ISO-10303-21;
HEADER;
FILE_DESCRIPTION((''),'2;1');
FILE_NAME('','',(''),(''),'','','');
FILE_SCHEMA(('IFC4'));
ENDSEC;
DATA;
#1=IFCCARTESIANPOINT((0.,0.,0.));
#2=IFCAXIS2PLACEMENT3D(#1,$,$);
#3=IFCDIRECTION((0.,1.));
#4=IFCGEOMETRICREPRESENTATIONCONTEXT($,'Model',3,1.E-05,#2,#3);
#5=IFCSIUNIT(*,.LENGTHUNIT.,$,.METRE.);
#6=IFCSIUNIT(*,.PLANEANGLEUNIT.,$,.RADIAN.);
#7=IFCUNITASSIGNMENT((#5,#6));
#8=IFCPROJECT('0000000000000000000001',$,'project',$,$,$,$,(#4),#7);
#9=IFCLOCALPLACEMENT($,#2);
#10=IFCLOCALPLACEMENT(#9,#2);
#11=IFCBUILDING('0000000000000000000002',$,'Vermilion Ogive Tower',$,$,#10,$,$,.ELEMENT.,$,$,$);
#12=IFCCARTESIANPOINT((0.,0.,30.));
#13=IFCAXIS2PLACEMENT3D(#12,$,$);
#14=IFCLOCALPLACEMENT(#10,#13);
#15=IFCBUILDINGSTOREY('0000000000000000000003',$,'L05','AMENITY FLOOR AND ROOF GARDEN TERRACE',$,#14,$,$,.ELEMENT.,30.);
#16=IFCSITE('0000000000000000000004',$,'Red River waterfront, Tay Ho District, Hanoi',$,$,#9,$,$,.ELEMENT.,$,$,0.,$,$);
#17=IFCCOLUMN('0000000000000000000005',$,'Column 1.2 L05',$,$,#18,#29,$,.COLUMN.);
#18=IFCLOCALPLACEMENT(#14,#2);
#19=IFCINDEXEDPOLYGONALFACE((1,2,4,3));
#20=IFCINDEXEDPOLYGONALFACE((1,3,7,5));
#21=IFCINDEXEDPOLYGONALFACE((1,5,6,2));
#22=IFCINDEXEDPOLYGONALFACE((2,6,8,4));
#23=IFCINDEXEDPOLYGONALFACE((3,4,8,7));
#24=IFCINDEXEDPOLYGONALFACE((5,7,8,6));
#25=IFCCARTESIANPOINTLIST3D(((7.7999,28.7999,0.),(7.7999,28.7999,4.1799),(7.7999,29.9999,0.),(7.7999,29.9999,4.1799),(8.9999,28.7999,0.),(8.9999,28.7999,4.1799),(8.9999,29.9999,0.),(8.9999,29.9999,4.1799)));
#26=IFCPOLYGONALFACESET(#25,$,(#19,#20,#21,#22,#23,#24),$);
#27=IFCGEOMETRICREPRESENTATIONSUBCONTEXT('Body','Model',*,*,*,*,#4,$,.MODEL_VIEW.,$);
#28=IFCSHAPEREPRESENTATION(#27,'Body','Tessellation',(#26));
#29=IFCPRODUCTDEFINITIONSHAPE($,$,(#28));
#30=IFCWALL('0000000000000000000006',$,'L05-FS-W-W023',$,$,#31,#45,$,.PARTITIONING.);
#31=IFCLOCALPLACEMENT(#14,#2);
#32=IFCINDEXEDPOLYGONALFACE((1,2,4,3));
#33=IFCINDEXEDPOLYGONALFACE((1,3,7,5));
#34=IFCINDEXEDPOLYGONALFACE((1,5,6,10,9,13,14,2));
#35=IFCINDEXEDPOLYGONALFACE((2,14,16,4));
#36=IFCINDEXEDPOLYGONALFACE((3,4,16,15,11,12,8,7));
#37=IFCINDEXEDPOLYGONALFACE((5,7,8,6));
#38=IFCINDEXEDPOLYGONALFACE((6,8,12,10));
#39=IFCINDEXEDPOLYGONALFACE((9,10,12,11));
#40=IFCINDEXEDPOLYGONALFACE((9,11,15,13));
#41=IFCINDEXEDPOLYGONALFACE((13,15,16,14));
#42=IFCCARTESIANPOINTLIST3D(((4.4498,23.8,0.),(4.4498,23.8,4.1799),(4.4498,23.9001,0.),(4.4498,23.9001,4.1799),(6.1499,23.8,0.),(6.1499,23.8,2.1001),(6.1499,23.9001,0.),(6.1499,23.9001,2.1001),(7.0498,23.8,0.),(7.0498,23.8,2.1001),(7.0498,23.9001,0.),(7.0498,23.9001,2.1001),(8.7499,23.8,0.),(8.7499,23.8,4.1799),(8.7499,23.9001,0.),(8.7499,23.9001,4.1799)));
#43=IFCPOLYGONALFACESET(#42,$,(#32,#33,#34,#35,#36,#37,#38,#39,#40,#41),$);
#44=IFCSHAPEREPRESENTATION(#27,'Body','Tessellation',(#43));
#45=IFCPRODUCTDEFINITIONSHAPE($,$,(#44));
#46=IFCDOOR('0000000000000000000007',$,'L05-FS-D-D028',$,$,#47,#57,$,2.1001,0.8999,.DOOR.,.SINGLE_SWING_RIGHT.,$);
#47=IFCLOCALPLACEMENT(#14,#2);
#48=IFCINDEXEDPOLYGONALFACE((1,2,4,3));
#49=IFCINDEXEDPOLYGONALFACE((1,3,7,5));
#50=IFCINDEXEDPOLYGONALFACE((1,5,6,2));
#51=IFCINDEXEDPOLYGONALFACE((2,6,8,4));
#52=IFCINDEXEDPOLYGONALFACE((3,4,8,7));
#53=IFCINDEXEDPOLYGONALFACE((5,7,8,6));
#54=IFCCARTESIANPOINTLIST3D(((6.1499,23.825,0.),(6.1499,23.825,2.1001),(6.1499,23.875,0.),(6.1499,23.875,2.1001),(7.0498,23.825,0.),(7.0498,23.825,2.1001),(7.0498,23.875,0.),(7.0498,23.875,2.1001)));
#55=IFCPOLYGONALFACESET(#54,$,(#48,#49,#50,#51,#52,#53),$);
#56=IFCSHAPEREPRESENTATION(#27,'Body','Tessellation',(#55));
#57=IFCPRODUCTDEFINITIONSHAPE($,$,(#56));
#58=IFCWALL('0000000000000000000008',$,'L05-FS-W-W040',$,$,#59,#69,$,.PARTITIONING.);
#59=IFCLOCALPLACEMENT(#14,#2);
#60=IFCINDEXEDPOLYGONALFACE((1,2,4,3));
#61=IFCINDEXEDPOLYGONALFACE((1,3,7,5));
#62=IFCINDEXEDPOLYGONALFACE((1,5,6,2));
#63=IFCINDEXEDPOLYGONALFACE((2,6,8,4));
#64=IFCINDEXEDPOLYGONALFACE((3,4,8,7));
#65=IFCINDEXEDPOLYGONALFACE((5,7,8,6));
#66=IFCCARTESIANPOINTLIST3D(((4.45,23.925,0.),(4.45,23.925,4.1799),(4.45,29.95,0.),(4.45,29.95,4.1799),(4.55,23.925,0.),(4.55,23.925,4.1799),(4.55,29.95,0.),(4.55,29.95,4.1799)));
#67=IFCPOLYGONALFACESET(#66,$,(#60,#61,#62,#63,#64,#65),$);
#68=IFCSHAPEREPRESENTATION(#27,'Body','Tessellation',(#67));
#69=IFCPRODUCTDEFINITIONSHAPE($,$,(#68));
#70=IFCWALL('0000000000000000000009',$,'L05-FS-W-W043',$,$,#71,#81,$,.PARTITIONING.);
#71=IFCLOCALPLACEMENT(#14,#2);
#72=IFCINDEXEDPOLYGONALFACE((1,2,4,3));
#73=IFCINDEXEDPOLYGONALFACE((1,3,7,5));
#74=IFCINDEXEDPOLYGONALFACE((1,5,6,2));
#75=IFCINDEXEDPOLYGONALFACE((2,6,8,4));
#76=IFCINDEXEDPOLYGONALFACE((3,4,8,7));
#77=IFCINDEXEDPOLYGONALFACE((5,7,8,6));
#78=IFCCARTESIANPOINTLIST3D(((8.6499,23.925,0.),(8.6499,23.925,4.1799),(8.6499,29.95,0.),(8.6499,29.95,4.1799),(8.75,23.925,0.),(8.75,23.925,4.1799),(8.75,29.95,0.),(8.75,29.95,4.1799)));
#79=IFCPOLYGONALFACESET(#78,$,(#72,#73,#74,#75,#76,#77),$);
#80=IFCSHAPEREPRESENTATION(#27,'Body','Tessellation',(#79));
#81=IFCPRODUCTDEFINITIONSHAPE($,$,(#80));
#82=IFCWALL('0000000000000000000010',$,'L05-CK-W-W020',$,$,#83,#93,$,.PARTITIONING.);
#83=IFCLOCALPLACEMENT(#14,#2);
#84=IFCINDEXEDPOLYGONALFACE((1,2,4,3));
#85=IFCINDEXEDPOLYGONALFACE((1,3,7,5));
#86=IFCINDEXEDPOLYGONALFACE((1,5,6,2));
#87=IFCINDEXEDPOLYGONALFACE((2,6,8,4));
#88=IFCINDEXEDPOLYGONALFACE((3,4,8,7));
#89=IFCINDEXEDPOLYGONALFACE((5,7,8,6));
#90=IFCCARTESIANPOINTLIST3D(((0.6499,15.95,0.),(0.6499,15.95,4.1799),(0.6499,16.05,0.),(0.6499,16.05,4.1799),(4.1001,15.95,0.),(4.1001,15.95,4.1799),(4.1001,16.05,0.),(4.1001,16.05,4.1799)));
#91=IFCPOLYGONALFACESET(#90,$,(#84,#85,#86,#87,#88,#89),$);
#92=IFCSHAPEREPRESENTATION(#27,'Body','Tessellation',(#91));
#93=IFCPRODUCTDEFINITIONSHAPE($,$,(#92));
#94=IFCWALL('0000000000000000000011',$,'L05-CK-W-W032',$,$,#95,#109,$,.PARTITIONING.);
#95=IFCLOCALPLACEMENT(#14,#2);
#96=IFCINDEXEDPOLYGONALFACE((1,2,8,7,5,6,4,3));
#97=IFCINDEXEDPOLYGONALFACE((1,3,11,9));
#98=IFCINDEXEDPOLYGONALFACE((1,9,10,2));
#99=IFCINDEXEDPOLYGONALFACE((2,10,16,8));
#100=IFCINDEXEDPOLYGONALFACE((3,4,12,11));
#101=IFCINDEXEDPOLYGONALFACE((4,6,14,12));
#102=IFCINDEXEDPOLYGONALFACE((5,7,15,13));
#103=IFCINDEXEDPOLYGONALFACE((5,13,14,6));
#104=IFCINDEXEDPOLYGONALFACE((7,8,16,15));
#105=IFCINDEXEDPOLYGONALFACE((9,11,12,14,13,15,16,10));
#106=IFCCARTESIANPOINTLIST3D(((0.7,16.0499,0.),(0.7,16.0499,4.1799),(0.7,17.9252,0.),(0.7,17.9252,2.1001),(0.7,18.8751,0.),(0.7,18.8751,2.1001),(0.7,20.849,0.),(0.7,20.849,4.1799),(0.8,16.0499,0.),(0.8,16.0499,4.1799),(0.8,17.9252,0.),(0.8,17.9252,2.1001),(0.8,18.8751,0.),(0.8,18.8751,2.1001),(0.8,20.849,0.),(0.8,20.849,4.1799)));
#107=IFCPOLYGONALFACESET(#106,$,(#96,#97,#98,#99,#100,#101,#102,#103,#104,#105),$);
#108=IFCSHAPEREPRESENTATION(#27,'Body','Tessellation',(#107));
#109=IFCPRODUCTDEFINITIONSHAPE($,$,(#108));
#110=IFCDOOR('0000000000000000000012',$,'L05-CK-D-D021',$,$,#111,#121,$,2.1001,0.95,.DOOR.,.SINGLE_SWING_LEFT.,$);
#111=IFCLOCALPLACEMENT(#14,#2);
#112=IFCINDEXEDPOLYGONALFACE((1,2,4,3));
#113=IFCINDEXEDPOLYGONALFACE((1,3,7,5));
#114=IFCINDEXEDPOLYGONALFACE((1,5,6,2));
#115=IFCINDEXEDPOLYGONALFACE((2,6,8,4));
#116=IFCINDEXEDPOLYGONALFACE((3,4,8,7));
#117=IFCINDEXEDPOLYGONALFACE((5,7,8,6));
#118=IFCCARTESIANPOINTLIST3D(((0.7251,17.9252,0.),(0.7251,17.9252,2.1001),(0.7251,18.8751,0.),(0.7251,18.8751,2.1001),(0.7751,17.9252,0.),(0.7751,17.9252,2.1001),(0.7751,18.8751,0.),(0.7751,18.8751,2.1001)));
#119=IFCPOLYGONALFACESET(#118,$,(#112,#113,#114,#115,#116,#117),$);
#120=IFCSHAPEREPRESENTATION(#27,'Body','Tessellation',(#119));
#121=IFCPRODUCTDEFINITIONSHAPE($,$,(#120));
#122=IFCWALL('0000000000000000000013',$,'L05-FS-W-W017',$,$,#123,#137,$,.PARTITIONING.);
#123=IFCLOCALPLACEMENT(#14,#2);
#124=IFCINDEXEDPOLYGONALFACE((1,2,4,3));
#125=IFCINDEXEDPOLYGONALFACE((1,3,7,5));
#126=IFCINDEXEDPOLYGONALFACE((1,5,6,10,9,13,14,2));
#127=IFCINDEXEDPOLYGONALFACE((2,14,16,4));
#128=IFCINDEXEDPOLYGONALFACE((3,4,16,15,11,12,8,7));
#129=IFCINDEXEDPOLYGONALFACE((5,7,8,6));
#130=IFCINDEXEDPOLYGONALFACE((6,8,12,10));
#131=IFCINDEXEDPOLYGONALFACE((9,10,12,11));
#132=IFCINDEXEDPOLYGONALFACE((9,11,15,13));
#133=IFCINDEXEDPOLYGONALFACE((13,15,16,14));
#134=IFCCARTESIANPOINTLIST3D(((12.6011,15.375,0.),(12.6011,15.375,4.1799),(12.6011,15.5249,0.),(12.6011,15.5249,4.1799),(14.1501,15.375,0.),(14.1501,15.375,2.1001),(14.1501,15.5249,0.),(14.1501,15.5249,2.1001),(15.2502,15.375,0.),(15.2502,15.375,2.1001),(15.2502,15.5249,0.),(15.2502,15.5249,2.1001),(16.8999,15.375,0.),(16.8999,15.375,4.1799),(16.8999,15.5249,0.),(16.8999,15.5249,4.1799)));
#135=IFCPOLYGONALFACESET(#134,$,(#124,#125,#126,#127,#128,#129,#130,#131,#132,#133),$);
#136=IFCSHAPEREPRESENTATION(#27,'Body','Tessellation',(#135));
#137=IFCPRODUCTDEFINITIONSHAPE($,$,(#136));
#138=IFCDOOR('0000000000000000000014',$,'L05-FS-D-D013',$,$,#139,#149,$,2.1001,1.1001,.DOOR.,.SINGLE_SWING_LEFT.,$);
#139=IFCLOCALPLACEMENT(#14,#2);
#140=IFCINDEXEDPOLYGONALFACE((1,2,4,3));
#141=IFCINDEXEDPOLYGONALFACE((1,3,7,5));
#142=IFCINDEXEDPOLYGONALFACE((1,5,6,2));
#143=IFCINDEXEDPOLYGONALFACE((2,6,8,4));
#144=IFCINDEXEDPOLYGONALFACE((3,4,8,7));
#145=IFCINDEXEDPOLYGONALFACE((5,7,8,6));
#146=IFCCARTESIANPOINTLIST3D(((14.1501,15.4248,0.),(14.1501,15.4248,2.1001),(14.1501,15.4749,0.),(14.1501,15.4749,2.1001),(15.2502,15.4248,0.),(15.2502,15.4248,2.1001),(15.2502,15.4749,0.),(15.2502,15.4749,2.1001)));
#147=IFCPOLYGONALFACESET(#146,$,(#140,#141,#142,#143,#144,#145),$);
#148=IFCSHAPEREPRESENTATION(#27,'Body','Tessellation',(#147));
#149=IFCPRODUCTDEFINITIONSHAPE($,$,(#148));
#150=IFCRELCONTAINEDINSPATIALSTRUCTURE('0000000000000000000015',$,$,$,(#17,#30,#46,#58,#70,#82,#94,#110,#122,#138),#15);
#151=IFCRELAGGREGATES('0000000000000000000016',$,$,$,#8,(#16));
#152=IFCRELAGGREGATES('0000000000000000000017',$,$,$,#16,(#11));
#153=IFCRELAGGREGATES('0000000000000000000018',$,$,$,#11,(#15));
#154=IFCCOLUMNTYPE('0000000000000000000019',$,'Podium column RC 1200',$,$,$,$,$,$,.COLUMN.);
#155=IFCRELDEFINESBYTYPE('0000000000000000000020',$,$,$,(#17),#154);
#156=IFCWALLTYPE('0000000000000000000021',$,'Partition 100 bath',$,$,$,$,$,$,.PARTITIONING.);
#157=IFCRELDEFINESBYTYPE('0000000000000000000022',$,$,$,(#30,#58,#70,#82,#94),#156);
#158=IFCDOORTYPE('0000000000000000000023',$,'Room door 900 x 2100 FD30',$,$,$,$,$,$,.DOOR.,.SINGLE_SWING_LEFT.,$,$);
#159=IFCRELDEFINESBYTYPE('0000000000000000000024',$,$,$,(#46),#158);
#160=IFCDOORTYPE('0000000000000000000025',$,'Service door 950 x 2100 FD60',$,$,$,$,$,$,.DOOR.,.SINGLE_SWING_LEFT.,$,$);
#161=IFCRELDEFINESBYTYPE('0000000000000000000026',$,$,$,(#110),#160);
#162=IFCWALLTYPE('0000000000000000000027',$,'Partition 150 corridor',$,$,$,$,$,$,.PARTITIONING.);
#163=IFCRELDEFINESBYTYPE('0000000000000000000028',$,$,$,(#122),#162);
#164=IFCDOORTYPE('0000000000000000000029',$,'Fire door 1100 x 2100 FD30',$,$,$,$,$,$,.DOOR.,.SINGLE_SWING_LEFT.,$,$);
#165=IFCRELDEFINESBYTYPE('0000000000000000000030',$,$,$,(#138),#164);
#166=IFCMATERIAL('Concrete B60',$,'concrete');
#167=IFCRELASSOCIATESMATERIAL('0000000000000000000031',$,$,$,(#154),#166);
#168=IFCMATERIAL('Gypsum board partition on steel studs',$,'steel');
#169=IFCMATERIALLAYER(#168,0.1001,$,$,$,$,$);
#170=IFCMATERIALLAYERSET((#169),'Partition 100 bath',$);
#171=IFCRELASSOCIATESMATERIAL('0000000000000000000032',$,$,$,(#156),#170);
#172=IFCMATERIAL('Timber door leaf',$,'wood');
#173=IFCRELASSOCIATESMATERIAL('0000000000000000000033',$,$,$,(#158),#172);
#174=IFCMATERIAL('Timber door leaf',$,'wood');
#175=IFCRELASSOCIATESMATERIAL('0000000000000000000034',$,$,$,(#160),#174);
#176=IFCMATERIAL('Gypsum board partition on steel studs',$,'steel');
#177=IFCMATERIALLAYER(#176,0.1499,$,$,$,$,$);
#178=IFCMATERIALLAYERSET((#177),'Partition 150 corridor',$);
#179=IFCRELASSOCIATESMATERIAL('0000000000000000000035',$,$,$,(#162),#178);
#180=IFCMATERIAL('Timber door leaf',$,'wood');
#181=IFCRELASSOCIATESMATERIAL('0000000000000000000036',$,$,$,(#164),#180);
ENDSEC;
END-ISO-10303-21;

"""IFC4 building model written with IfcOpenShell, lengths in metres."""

from ifc_helpers import new_model, si_unit, direction, frame, frame_2d, origin, origin_2d, place, context, subcontext, project, spatial, rectangle, extrude, material, layer, layer_set, material_profile, profile_set, type_object, element, fill, save


model = new_model("IFC4")

# Units and contexts
model_context = context("Model", 3, precision=1e-05, world=origin(), true_north=direction((0.0, 1.0)))
body_context = subcontext(model_context, "Body", "Model", "MODEL_VIEW")
ifc_project = project(units=[si_unit("LENGTHUNIT", "METRE"), si_unit("PLANEANGLEUNIT", "RADIAN")], contexts=[model_context])

# Site, building, storey
site_placement = place(None, origin())
site = spatial("IfcSite", under=ifc_project, at=site_placement, Name="Red River waterfront, Tay Ho District, Hanoi", CompositionType="ELEMENT", RefElevation=0.0)
building_placement = place(site_placement, origin())
building = spatial("IfcBuilding", under=site, at=building_placement, Name="Vermilion Ogive Tower", CompositionType="ELEMENT")
storey_placement = place(building_placement, frame((0.0, 0.0, 30.0)))
storey = spatial("IfcBuildingStorey", under=building, at=storey_placement, Name="L05", Description="AMENITY FLOOR AND ROOF GARDEN TERRACE", CompositionType="ELEMENT", Elevation=30.0)

# Column
ifc_material_1 = material(Name="Concrete B60", Category="concrete")
ifc_material_profile = material_profile(ifc_material_1, rectangle(XDim=1.2, YDim=1.2, at=origin_2d()), Name="RC 1200x1200")
ifc_profile_set = profile_set([ifc_material_profile], Name="Concrete B60")
column_type = type_object("IfcColumnType", Name="Podium column RC 1200", PredefinedType="COLUMN", material=ifc_profile_set)
column_placement = place(storey_placement, frame((8.3999, 29.3999, 0.0), z_axis=(0.0, 0.0, 1.0), x_axis=(1.0, 0.0, 0.0)))
element("IfcColumn", 1, at=column_placement, inside=storey, type_object=column_type, Name="Column 1.2 L05", PredefinedType="COLUMN", context=body_context, shape_type="SweptSolid", body=[
    extrude(rectangle(XDim=1.2, YDim=1.2, at=origin_2d()), origin(), (0.0, 0.0, 1.0), 4.1799),
])

# Wall, opening, door
ifc_material_2 = material(Name="Gypsum board partition on steel studs", Category="steel")
ifc_layer_1 = layer(ifc_material_2, 0.1001)
ifc_layer_set_1 = layer_set([ifc_layer_1], Name="Partition 100 bath")
wall_type_1 = type_object("IfcWallType", Name="Partition 100 bath", PredefinedType="PARTITIONING", material=ifc_layer_set_1)
wall_1_placement = place(storey_placement, frame((4.45, 23.8501, 0.0), z_axis=(0.0, 0.0, 1.0), x_axis=(1.0, 0.0, 0.0)))
wall_1 = element("IfcWall", 2, at=wall_1_placement, inside=storey, type_object=wall_type_1, Name="L05-FS-W-W023", PredefinedType="PARTITIONING", context=body_context, shape_type="SweptSolid", body=[
    extrude(rectangle(XDim=4.3, YDim=0.1001, at=frame_2d((2.1499, 0.0))), origin(), (0.0, 0.0, 1.0), 4.1799),
])
opening_1_placement = place(wall_1_placement, frame((1.7, 0.0, 0.0)))
opening_1 = element("IfcOpeningElement", 3, at=opening_1_placement, cuts=wall_1, PredefinedType="OPENING", context=body_context, shape_type="SweptSolid", body=[
    extrude(rectangle(XDim=0.8999, YDim=2.1001, at=frame_2d((0.45, 1.05))), frame((0.0, 0.0601, 0.0), z_axis=(0.0, -1.0, 0.0), x_axis=(1.0, 0.0, 0.0)), (0.0, 0.0, 1.0), 0.1201),
])
ifc_material_3 = material(Name="Timber door leaf", Category="wood")
door_type_1 = type_object("IfcDoorType", Name="Room door 900 x 2100 FD30", OperationType="SINGLE_SWING_LEFT", PredefinedType="DOOR", material=ifc_material_3)
door_1_placement = place(opening_1_placement, origin())
door_1 = element("IfcDoor", 4, at=door_1_placement, inside=storey, type_object=door_type_1, Name="L05-FS-D-D028", OperationType="SINGLE_SWING_RIGHT", OverallHeight=2.1001, OverallWidth=0.8999, PredefinedType="DOOR", context=body_context, shape_type="SweptSolid", body=[
    extrude(rectangle(XDim=0.8999, YDim=2.1001, at=frame_2d((0.45, 1.05))), frame((0.0, 0.0249, 0.0), z_axis=(0.0, -1.0, 0.0), x_axis=(1.0, 0.0, 0.0)), (0.0, 0.0, 1.0), 0.05),
])
fill(opening_1, door_1)

# Walls
for number, where, z_axis, x_axis, name in (
    (5, (4.5, 23.925, 0.0), (0.0, 0.0, 1.0), (0.0, 1.0, 0.0), "L05-FS-W-W040"),
    (6, (8.7, 23.925, 0.0), (0.0, 0.0, 1.0), (0.0, 1.0, 0.0), "L05-FS-W-W043"),
):
    element("IfcWall", number, at=place(storey_placement, frame(where, z_axis=z_axis, x_axis=x_axis)), inside=storey, type_object=wall_type_1, Name=name, PredefinedType="PARTITIONING", context=body_context, shape_type="SweptSolid", body=[
        extrude(rectangle(XDim=6.0249, YDim=0.1001, at=frame_2d((3.0125, 0.0))), origin(), (0.0, 0.0, 1.0), 4.1799),
    ])
wall_2_placement = place(storey_placement, frame((0.6499, 16.0, 0.0), z_axis=(0.0, 0.0, 1.0), x_axis=(1.0, 0.0, 0.0)))
element("IfcWall", 7, at=wall_2_placement, inside=storey, type_object=wall_type_1, Name="L05-CK-W-W020", PredefinedType="PARTITIONING", context=body_context, shape_type="SweptSolid", body=[
    extrude(rectangle(XDim=3.4502, YDim=0.1001, at=frame_2d((1.7251, 0.0))), origin(), (0.0, 0.0, 1.0), 4.1799),
])

# Walls, openings, doors
wall_3_placement = place(storey_placement, frame((0.75, 16.05, 0.0), z_axis=(0.0, 0.0, 1.0), x_axis=(0.0, 1.0, 0.0)))
wall_3 = element("IfcWall", 8, at=wall_3_placement, inside=storey, type_object=wall_type_1, Name="L05-CK-W-W032", PredefinedType="PARTITIONING", context=body_context, shape_type="SweptSolid", body=[
    extrude(rectangle(XDim=4.7991, YDim=0.1001, at=frame_2d((2.3994, 0.0))), origin(), (0.0, 0.0, 1.0), 4.1799),
])
opening_2_placement = place(wall_3_placement, frame((1.875, 0.0, 0.0)))
opening_2 = element("IfcOpeningElement", 9, at=opening_2_placement, cuts=wall_3, PredefinedType="OPENING", context=body_context, shape_type="SweptSolid", body=[
    extrude(rectangle(XDim=0.95, YDim=2.1001, at=frame_2d((0.4751, 1.05))), frame((0.0, 0.0601, 0.0), z_axis=(0.0, -1.0, 0.0), x_axis=(1.0, 0.0, 0.0)), (0.0, 0.0, 1.0), 0.1201),
])
ifc_material_4 = material(Name="Timber door leaf", Category="wood")
door_type_2 = type_object("IfcDoorType", Name="Service door 950 x 2100 FD60", OperationType="SINGLE_SWING_LEFT", PredefinedType="DOOR", material=ifc_material_4)
door_2_placement = place(opening_2_placement, origin())
door_2 = element("IfcDoor", 10, at=door_2_placement, inside=storey, type_object=door_type_2, Name="L05-CK-D-D021", OperationType="SINGLE_SWING_LEFT", OverallHeight=2.1001, OverallWidth=0.95, PredefinedType="DOOR", context=body_context, shape_type="SweptSolid", body=[
    extrude(rectangle(XDim=0.95, YDim=2.1001, at=frame_2d((0.4751, 1.05))), frame((0.0, 0.0249, 0.0), z_axis=(0.0, -1.0, 0.0), x_axis=(1.0, 0.0, 0.0)), (0.0, 0.0, 1.0), 0.05),
])
fill(opening_2, door_2)
ifc_material_5 = material(Name="Gypsum board partition on steel studs", Category="steel")
ifc_layer_2 = layer(ifc_material_5, 0.1499)
ifc_layer_set_2 = layer_set([ifc_layer_2], Name="Partition 150 corridor")
wall_type_2 = type_object("IfcWallType", Name="Partition 150 corridor", PredefinedType="PARTITIONING", material=ifc_layer_set_2)
wall_4_placement = place(storey_placement, frame((12.6011, 15.45, 0.0), z_axis=(0.0, 0.0, 1.0), x_axis=(1.0, 0.0, 0.0)))
wall_4 = element("IfcWall", 11, at=wall_4_placement, inside=storey, type_object=wall_type_2, Name="L05-FS-W-W017", PredefinedType="PARTITIONING", context=body_context, shape_type="SweptSolid", body=[
    extrude(rectangle(XDim=4.2988, YDim=0.1499, at=frame_2d((2.1494, 0.0))), origin(), (0.0, 0.0, 1.0), 4.1799),
])
opening_3_placement = place(wall_4_placement, frame((1.5491, 0.0, 0.0)))
opening_3 = element("IfcOpeningElement", 12, at=opening_3_placement, cuts=wall_4, PredefinedType="OPENING", context=body_context, shape_type="SweptSolid", body=[
    extrude(rectangle(XDim=1.1001, YDim=2.1001, at=frame_2d((0.55, 1.05))), frame((0.0, 0.085, 0.0), z_axis=(0.0, -1.0, 0.0), x_axis=(1.0, 0.0, 0.0)), (0.0, 0.0, 1.0), 0.1699),
])
ifc_material_6 = material(Name="Timber door leaf", Category="wood")
door_type_3 = type_object("IfcDoorType", Name="Fire door 1100 x 2100 FD30", OperationType="SINGLE_SWING_LEFT", PredefinedType="DOOR", material=ifc_material_6)
door_3_placement = place(opening_3_placement, origin())
door_3 = element("IfcDoor", 13, at=door_3_placement, inside=storey, type_object=door_type_3, Name="L05-FS-D-D013", OperationType="SINGLE_SWING_LEFT", OverallHeight=2.1001, OverallWidth=1.1001, PredefinedType="DOOR", context=body_context, shape_type="SweptSolid", body=[
    extrude(rectangle(XDim=1.1001, YDim=2.1001, at=frame_2d((0.55, 1.05))), frame((0.0, 0.0249, 0.0), z_axis=(0.0, -1.0, 0.0), x_axis=(1.0, 0.0, 0.0)), (0.0, 0.0, 1.0), 0.05),
])
fill(opening_3, door_3)

save(model, "model.ifc")
